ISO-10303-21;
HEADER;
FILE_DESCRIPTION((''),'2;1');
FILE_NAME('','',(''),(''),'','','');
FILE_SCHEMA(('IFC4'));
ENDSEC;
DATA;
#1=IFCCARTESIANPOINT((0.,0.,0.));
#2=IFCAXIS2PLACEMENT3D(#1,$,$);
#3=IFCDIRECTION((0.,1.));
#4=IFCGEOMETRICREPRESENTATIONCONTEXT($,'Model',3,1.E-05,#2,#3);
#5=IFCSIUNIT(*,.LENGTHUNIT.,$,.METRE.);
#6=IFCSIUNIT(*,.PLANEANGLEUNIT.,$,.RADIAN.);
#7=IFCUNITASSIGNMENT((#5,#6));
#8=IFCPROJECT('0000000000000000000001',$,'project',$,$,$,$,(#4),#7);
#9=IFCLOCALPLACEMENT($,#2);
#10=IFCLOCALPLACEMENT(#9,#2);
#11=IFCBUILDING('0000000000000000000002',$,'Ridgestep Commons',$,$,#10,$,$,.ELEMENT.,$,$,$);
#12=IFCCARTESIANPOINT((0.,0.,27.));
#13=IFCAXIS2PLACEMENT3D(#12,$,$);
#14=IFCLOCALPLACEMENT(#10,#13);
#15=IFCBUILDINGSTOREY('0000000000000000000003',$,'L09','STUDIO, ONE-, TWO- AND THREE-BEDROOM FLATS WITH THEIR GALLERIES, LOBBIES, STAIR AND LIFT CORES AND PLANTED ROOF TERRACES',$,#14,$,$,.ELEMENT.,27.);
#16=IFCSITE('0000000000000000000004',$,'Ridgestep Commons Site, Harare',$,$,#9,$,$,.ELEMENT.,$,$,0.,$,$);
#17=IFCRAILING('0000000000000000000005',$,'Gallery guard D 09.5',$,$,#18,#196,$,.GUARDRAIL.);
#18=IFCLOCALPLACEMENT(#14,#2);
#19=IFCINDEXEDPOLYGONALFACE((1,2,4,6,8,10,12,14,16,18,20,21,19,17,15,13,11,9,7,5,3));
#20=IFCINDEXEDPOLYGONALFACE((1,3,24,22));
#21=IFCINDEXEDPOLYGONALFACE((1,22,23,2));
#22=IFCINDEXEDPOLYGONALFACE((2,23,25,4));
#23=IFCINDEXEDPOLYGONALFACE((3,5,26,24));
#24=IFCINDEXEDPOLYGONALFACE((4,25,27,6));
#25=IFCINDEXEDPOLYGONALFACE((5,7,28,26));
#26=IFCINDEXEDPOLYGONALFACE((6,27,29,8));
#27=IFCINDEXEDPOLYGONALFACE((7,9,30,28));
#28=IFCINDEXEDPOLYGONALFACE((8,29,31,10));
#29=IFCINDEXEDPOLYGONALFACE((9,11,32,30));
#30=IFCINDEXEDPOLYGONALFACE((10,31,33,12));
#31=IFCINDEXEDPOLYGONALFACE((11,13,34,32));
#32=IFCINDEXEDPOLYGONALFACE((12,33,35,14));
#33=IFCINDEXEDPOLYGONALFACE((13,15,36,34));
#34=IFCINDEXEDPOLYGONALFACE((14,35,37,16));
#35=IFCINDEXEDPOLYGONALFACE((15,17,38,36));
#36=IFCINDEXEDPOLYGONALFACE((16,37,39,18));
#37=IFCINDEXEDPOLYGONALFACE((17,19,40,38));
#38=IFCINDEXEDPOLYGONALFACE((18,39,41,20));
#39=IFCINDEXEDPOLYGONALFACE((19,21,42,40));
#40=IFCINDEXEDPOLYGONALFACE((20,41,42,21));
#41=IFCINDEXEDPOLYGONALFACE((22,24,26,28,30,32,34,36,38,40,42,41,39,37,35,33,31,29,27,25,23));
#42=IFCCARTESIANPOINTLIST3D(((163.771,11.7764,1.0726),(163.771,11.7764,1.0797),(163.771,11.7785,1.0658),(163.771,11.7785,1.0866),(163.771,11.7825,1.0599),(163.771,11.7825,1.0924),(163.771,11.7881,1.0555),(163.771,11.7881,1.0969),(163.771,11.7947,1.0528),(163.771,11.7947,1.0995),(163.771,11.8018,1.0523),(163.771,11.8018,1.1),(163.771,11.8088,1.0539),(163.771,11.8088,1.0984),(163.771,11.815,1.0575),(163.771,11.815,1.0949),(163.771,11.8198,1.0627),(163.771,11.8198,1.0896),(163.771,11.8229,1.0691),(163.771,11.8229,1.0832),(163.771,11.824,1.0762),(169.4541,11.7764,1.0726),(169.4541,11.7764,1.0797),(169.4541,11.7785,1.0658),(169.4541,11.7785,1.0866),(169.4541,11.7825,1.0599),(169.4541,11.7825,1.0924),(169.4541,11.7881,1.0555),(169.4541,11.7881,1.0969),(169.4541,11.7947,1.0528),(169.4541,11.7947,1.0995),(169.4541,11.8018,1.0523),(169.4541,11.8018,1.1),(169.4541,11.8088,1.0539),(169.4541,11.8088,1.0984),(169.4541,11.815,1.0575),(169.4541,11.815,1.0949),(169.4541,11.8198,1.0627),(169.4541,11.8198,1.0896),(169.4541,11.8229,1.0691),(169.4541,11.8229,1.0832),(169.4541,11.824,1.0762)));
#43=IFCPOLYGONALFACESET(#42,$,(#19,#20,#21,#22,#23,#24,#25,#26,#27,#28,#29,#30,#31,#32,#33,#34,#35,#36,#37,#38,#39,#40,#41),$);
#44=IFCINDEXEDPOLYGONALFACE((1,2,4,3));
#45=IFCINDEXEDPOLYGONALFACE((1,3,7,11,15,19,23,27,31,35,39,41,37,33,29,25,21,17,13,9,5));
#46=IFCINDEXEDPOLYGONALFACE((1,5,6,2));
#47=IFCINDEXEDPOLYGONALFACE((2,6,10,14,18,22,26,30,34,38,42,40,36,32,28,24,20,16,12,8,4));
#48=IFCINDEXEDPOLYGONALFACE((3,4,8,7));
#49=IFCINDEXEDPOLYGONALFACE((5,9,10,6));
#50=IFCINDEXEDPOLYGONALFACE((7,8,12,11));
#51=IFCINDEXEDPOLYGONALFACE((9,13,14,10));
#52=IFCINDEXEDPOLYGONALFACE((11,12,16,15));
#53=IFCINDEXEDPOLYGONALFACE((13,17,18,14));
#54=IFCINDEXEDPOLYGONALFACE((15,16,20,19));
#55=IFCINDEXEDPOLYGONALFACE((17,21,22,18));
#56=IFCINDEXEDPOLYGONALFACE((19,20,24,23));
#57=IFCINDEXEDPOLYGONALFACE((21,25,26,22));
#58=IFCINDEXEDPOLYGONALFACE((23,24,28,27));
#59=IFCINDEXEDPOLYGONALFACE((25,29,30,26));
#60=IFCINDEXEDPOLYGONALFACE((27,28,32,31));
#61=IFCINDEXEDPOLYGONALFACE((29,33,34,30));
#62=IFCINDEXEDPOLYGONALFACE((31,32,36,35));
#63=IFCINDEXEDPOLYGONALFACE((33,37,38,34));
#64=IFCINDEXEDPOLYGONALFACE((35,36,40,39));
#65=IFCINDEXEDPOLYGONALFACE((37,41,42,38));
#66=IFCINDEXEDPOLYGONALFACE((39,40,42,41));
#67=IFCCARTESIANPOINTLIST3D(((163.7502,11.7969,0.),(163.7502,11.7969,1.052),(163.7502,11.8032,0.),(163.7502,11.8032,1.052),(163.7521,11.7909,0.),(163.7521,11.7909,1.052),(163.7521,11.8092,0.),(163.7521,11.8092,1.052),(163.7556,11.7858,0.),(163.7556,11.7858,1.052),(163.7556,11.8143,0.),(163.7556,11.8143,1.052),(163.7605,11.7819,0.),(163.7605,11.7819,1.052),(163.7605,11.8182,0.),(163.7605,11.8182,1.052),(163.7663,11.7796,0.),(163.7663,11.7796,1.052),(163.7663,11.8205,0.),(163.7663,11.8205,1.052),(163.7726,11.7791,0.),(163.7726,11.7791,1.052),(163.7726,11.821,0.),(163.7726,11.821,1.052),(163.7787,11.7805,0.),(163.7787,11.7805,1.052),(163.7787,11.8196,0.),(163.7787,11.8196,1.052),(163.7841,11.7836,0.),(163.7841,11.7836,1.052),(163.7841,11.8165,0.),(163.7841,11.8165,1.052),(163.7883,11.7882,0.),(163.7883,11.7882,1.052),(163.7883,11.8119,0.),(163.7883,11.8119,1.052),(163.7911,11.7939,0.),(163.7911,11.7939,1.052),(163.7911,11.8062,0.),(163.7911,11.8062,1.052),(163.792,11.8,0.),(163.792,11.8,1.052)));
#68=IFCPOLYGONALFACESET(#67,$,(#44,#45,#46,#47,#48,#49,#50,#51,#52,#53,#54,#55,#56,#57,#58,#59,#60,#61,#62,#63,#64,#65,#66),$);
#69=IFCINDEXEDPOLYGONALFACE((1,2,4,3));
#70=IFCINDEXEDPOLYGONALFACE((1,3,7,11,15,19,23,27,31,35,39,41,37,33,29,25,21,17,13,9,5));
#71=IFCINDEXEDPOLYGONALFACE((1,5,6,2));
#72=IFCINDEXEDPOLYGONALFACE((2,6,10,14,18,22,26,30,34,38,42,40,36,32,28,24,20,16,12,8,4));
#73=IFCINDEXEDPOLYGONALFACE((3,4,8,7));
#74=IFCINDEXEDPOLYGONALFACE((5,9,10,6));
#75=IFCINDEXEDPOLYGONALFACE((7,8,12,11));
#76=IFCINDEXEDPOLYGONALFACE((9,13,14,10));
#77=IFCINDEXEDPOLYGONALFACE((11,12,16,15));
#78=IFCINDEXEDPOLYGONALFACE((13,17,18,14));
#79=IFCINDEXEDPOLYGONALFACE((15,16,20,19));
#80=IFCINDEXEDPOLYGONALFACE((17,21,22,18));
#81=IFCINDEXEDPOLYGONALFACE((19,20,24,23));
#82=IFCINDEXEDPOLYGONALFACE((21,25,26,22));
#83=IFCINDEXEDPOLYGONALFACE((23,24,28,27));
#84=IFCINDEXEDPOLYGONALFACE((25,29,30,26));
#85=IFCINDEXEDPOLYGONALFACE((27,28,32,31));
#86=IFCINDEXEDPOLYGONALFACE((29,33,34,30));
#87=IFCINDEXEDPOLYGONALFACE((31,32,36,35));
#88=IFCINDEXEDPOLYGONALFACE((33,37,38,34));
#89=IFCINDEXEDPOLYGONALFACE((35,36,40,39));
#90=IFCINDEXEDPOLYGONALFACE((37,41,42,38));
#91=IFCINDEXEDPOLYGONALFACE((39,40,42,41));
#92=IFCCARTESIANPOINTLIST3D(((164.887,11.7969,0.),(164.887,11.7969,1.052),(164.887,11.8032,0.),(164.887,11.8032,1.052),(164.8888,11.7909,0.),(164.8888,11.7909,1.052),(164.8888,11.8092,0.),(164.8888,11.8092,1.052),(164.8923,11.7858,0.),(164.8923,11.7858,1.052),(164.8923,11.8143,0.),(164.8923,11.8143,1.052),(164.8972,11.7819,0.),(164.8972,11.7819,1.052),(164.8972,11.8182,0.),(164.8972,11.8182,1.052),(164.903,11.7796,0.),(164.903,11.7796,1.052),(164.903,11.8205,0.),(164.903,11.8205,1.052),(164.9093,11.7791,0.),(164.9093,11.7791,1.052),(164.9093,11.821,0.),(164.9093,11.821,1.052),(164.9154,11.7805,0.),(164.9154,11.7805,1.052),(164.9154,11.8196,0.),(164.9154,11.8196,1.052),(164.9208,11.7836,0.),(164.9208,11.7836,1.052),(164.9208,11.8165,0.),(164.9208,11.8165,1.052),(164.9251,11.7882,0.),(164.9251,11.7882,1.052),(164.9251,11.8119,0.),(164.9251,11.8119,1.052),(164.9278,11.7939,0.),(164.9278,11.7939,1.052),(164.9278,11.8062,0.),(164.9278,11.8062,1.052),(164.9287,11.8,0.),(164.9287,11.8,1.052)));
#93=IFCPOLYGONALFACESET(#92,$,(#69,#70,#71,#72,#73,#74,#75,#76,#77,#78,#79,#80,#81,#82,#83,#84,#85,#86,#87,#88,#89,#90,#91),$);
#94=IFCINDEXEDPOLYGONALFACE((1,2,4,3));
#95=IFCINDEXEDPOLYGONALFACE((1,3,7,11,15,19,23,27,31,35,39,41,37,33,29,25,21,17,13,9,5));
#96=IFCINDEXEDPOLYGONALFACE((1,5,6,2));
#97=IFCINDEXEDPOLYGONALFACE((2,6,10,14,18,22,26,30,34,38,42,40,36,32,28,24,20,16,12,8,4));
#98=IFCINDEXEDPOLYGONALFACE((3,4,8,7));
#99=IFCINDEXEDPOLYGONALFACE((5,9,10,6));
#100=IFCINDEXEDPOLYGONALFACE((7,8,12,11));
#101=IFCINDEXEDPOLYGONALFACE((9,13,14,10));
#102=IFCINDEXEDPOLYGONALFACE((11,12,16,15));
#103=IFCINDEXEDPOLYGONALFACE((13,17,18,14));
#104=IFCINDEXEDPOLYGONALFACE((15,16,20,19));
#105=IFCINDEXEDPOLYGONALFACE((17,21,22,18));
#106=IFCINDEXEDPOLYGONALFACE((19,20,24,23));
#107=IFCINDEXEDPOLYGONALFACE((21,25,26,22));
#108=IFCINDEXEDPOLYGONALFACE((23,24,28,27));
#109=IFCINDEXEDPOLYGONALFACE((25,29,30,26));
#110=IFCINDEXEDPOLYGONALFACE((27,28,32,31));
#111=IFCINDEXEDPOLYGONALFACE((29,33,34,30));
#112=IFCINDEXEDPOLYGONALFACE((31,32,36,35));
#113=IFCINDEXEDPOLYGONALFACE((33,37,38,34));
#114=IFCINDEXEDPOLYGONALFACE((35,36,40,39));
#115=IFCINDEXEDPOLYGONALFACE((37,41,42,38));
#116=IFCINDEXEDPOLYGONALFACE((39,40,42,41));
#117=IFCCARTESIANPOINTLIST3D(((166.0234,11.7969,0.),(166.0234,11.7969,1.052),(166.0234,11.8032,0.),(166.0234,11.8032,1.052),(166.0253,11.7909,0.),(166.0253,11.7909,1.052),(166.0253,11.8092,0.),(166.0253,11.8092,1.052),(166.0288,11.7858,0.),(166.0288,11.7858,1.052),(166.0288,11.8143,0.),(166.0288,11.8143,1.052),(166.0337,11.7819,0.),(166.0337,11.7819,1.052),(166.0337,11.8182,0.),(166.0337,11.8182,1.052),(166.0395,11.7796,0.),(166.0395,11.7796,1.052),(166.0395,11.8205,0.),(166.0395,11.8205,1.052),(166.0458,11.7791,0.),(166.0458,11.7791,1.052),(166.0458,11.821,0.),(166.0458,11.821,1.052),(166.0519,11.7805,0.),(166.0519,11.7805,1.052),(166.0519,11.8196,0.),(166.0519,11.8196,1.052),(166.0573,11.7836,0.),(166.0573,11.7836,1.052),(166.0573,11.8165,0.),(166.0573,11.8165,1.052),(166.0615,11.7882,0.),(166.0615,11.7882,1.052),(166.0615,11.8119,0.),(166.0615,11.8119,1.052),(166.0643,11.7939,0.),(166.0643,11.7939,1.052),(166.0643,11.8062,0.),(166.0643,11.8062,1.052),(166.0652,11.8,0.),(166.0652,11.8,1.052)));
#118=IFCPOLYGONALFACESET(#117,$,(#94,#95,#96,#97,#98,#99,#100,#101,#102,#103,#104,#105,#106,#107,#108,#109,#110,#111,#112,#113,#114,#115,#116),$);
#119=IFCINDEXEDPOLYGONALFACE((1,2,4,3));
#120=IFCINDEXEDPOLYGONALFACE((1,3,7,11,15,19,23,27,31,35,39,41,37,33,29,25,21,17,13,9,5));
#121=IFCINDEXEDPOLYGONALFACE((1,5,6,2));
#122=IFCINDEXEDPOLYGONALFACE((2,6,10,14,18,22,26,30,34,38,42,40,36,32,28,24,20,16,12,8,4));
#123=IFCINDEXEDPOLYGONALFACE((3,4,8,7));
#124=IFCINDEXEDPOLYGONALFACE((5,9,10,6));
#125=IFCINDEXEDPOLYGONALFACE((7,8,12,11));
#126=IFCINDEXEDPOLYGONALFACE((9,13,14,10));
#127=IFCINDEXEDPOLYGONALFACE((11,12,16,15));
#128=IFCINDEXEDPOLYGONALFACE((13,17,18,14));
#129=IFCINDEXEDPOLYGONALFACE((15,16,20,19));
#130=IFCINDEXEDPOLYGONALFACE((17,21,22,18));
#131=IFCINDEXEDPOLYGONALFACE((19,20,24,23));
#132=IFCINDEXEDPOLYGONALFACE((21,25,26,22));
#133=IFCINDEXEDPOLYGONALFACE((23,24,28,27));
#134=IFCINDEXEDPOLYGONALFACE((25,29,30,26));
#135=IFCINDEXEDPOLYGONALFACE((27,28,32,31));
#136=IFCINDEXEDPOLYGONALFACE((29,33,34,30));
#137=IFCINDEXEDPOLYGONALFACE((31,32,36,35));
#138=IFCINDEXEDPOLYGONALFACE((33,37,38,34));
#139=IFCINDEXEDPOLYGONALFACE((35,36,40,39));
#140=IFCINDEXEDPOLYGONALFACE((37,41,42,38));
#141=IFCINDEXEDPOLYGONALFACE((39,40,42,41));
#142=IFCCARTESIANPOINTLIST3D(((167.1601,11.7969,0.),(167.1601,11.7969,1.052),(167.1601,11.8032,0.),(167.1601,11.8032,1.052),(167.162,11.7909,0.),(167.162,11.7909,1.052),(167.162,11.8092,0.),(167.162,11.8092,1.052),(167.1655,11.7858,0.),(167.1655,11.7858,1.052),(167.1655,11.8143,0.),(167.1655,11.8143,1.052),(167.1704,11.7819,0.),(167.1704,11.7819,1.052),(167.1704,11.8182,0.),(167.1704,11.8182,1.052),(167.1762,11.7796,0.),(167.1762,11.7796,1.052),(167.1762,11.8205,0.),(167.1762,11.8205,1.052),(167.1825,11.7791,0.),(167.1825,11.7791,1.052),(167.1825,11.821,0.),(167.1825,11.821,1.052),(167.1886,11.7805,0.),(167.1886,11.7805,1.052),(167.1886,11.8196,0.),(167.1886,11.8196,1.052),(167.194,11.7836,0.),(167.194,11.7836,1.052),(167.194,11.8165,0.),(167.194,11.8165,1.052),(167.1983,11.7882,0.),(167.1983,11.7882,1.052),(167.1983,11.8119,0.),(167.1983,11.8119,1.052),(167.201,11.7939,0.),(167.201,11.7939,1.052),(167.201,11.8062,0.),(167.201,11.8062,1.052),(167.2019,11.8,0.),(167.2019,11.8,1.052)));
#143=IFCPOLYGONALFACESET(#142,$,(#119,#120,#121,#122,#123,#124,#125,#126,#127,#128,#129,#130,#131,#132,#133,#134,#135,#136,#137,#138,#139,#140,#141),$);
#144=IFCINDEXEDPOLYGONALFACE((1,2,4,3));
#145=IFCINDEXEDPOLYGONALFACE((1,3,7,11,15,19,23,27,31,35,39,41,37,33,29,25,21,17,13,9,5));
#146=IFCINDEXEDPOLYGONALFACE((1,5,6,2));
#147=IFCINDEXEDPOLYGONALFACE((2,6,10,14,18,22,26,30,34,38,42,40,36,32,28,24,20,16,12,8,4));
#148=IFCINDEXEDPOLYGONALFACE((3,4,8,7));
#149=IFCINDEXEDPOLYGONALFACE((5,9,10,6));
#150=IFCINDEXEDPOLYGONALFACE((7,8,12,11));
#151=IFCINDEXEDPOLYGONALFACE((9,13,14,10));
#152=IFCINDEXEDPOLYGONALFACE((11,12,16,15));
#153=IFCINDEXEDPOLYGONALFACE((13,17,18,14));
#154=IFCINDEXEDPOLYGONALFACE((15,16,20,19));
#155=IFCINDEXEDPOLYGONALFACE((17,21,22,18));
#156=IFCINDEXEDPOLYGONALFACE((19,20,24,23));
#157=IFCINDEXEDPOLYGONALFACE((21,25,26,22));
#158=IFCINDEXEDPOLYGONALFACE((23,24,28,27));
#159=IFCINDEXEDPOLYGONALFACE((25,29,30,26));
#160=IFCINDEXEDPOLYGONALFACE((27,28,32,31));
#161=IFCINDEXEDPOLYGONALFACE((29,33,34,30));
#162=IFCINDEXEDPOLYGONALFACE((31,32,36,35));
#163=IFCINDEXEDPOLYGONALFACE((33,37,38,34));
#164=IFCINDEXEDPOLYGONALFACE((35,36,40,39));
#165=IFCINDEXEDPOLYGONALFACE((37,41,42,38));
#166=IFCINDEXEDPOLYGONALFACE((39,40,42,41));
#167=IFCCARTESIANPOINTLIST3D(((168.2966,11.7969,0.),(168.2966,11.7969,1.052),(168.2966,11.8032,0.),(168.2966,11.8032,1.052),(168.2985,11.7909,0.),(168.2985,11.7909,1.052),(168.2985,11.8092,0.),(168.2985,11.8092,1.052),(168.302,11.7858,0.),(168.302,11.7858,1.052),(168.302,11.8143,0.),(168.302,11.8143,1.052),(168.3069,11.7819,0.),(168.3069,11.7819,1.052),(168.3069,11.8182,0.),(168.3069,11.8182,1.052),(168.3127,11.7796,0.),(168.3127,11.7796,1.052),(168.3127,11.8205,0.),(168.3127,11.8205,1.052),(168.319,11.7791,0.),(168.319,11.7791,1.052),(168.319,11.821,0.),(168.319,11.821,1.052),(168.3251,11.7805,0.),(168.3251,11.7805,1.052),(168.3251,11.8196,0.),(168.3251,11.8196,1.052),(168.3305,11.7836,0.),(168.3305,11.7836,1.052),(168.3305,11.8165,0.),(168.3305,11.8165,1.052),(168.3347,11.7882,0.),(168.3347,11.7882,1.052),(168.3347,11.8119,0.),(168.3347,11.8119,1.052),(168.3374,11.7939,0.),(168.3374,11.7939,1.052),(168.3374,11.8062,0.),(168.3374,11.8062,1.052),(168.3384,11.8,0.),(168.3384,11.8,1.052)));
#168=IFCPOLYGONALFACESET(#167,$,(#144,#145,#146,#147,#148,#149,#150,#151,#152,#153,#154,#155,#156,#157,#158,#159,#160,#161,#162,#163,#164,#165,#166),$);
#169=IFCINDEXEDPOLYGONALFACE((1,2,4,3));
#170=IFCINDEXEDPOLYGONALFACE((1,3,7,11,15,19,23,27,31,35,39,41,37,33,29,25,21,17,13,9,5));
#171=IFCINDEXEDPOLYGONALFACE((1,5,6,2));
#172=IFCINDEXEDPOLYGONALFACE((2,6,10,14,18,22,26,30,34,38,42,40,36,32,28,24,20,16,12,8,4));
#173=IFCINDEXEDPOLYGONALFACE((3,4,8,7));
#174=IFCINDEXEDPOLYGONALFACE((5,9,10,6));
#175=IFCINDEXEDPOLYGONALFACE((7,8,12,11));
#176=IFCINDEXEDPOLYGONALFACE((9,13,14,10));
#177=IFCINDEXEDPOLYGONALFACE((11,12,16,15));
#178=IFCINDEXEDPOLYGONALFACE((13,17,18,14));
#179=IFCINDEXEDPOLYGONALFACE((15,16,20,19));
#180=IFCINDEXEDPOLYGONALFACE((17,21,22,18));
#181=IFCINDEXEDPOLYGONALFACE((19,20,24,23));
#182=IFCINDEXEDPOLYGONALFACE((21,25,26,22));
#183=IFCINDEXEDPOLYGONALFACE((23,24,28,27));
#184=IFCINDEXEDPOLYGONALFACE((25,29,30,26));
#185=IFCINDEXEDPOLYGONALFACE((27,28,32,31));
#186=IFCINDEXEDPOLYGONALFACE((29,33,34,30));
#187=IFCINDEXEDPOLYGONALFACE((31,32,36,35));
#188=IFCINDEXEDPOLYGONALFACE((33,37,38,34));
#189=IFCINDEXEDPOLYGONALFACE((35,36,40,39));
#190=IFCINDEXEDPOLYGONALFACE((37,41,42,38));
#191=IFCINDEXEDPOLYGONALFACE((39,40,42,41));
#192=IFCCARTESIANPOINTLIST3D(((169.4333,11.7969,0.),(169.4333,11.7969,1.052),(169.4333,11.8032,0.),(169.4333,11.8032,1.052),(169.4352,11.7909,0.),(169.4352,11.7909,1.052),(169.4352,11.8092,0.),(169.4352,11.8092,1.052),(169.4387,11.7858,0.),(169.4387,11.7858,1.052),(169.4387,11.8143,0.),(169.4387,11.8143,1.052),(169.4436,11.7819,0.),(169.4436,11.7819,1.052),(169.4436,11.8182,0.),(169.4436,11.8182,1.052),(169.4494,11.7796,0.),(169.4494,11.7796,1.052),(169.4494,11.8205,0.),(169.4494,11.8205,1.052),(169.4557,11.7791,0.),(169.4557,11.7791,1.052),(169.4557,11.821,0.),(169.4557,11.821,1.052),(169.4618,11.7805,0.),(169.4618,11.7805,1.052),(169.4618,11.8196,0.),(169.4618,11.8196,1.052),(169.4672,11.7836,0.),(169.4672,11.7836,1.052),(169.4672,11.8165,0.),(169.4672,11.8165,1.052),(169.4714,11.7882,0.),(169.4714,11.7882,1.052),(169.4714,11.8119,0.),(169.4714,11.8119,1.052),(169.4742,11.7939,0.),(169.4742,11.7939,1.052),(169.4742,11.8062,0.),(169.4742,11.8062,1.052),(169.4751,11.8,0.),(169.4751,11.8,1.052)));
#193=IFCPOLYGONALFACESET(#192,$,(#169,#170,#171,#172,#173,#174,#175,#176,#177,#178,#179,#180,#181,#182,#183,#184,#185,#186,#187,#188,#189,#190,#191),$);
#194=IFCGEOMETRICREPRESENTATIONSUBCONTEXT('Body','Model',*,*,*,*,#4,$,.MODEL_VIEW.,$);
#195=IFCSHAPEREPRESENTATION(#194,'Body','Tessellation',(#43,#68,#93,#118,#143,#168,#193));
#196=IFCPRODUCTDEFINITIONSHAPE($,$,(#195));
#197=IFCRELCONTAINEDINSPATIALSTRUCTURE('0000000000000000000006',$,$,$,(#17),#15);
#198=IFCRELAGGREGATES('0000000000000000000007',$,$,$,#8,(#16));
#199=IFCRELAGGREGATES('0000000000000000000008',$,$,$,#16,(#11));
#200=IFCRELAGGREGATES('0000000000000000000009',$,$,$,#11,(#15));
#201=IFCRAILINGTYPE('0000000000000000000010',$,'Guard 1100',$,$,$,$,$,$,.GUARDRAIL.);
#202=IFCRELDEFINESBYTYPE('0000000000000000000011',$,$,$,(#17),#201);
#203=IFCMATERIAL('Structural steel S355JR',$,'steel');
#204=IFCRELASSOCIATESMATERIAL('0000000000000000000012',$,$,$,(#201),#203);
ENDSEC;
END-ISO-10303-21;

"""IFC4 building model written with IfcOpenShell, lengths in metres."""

from ifc_helpers import new_model, si_unit, direction, frame, origin, origin_2d, place, context, subcontext, project, spatial, circle, extrude, material, type_object, element, save


model = new_model("IFC4")

# Units and contexts
model_context = context("Model", 3, precision=1e-05, world=origin(), true_north=direction((0.0, 1.0)))
body_context = subcontext(model_context, "Body", "Model", "MODEL_VIEW")
ifc_project = project(units=[si_unit("LENGTHUNIT", "METRE"), si_unit("PLANEANGLEUNIT", "RADIAN")], contexts=[model_context])

# Site, building, storey
site_placement = place(None, origin())
site = spatial("IfcSite", under=ifc_project, at=site_placement, Name="Ridgestep Commons Site, Harare", CompositionType="ELEMENT", RefElevation=0.0)
building_placement = place(site_placement, origin())
building = spatial("IfcBuilding", under=site, at=building_placement, Name="Ridgestep Commons", CompositionType="ELEMENT")
storey_placement = place(building_placement, frame((0.0, 0.0, 27.0)))
storey = spatial("IfcBuildingStorey", under=building, at=storey_placement, Name="L09", Description="STUDIO, ONE-, TWO- AND THREE-BEDROOM FLATS WITH THEIR GALLERIES, LOBBIES, STAIR AND LIFT CORES AND PLANTED ROOF TERRACES", CompositionType="ELEMENT", Elevation=27.0)

# Railing
ifc_material_1 = material(Name="Structural steel S355JR", Category="steel")
railing_type = type_object("IfcRailingType", Name="Guard 1100", PredefinedType="GUARDRAIL", material=ifc_material_1)
railing_placement = place(storey_placement, frame((163.771, 11.8, 0.0)))
element("IfcRailing", 1, at=railing_placement, inside=storey, type_object=railing_type, Name="Gallery guard D 09.5", PredefinedType="GUARDRAIL", context=body_context, shape_type="SweptSolid", body=[
    extrude(circle(Radius=0.0239, at=origin_2d()), frame((0.0, 0.0, 1.0762), z_axis=(1.0, 0.0, 0.0), x_axis=(0.0, 1.0, 0.0)), (0.0, 0.0, 1.0), 5.6831),
    extrude(circle(Radius=0.021, at=origin_2d()), origin(), (0.0, 0.0, 1.0), 1.052),
    extrude(circle(Radius=0.021, at=origin_2d()), frame((1.1367, 0.0, 0.0)), (0.0, 0.0, 1.0), 1.052),
    extrude(circle(Radius=0.021, at=origin_2d()), frame((2.2732, 0.0, 0.0)), (0.0, 0.0, 1.0), 1.052),
    extrude(circle(Radius=0.021, at=origin_2d()), frame((3.4099, 0.0, 0.0)), (0.0, 0.0, 1.0), 1.052),
    extrude(circle(Radius=0.021, at=origin_2d()), frame((4.5464, 0.0, 0.0)), (0.0, 0.0, 1.0), 1.052),
    extrude(circle(Radius=0.021, at=origin_2d()), frame((5.6831, 0.0, 0.0)), (0.0, 0.0, 1.0), 1.052),
])

save(model, "model.ifc")
